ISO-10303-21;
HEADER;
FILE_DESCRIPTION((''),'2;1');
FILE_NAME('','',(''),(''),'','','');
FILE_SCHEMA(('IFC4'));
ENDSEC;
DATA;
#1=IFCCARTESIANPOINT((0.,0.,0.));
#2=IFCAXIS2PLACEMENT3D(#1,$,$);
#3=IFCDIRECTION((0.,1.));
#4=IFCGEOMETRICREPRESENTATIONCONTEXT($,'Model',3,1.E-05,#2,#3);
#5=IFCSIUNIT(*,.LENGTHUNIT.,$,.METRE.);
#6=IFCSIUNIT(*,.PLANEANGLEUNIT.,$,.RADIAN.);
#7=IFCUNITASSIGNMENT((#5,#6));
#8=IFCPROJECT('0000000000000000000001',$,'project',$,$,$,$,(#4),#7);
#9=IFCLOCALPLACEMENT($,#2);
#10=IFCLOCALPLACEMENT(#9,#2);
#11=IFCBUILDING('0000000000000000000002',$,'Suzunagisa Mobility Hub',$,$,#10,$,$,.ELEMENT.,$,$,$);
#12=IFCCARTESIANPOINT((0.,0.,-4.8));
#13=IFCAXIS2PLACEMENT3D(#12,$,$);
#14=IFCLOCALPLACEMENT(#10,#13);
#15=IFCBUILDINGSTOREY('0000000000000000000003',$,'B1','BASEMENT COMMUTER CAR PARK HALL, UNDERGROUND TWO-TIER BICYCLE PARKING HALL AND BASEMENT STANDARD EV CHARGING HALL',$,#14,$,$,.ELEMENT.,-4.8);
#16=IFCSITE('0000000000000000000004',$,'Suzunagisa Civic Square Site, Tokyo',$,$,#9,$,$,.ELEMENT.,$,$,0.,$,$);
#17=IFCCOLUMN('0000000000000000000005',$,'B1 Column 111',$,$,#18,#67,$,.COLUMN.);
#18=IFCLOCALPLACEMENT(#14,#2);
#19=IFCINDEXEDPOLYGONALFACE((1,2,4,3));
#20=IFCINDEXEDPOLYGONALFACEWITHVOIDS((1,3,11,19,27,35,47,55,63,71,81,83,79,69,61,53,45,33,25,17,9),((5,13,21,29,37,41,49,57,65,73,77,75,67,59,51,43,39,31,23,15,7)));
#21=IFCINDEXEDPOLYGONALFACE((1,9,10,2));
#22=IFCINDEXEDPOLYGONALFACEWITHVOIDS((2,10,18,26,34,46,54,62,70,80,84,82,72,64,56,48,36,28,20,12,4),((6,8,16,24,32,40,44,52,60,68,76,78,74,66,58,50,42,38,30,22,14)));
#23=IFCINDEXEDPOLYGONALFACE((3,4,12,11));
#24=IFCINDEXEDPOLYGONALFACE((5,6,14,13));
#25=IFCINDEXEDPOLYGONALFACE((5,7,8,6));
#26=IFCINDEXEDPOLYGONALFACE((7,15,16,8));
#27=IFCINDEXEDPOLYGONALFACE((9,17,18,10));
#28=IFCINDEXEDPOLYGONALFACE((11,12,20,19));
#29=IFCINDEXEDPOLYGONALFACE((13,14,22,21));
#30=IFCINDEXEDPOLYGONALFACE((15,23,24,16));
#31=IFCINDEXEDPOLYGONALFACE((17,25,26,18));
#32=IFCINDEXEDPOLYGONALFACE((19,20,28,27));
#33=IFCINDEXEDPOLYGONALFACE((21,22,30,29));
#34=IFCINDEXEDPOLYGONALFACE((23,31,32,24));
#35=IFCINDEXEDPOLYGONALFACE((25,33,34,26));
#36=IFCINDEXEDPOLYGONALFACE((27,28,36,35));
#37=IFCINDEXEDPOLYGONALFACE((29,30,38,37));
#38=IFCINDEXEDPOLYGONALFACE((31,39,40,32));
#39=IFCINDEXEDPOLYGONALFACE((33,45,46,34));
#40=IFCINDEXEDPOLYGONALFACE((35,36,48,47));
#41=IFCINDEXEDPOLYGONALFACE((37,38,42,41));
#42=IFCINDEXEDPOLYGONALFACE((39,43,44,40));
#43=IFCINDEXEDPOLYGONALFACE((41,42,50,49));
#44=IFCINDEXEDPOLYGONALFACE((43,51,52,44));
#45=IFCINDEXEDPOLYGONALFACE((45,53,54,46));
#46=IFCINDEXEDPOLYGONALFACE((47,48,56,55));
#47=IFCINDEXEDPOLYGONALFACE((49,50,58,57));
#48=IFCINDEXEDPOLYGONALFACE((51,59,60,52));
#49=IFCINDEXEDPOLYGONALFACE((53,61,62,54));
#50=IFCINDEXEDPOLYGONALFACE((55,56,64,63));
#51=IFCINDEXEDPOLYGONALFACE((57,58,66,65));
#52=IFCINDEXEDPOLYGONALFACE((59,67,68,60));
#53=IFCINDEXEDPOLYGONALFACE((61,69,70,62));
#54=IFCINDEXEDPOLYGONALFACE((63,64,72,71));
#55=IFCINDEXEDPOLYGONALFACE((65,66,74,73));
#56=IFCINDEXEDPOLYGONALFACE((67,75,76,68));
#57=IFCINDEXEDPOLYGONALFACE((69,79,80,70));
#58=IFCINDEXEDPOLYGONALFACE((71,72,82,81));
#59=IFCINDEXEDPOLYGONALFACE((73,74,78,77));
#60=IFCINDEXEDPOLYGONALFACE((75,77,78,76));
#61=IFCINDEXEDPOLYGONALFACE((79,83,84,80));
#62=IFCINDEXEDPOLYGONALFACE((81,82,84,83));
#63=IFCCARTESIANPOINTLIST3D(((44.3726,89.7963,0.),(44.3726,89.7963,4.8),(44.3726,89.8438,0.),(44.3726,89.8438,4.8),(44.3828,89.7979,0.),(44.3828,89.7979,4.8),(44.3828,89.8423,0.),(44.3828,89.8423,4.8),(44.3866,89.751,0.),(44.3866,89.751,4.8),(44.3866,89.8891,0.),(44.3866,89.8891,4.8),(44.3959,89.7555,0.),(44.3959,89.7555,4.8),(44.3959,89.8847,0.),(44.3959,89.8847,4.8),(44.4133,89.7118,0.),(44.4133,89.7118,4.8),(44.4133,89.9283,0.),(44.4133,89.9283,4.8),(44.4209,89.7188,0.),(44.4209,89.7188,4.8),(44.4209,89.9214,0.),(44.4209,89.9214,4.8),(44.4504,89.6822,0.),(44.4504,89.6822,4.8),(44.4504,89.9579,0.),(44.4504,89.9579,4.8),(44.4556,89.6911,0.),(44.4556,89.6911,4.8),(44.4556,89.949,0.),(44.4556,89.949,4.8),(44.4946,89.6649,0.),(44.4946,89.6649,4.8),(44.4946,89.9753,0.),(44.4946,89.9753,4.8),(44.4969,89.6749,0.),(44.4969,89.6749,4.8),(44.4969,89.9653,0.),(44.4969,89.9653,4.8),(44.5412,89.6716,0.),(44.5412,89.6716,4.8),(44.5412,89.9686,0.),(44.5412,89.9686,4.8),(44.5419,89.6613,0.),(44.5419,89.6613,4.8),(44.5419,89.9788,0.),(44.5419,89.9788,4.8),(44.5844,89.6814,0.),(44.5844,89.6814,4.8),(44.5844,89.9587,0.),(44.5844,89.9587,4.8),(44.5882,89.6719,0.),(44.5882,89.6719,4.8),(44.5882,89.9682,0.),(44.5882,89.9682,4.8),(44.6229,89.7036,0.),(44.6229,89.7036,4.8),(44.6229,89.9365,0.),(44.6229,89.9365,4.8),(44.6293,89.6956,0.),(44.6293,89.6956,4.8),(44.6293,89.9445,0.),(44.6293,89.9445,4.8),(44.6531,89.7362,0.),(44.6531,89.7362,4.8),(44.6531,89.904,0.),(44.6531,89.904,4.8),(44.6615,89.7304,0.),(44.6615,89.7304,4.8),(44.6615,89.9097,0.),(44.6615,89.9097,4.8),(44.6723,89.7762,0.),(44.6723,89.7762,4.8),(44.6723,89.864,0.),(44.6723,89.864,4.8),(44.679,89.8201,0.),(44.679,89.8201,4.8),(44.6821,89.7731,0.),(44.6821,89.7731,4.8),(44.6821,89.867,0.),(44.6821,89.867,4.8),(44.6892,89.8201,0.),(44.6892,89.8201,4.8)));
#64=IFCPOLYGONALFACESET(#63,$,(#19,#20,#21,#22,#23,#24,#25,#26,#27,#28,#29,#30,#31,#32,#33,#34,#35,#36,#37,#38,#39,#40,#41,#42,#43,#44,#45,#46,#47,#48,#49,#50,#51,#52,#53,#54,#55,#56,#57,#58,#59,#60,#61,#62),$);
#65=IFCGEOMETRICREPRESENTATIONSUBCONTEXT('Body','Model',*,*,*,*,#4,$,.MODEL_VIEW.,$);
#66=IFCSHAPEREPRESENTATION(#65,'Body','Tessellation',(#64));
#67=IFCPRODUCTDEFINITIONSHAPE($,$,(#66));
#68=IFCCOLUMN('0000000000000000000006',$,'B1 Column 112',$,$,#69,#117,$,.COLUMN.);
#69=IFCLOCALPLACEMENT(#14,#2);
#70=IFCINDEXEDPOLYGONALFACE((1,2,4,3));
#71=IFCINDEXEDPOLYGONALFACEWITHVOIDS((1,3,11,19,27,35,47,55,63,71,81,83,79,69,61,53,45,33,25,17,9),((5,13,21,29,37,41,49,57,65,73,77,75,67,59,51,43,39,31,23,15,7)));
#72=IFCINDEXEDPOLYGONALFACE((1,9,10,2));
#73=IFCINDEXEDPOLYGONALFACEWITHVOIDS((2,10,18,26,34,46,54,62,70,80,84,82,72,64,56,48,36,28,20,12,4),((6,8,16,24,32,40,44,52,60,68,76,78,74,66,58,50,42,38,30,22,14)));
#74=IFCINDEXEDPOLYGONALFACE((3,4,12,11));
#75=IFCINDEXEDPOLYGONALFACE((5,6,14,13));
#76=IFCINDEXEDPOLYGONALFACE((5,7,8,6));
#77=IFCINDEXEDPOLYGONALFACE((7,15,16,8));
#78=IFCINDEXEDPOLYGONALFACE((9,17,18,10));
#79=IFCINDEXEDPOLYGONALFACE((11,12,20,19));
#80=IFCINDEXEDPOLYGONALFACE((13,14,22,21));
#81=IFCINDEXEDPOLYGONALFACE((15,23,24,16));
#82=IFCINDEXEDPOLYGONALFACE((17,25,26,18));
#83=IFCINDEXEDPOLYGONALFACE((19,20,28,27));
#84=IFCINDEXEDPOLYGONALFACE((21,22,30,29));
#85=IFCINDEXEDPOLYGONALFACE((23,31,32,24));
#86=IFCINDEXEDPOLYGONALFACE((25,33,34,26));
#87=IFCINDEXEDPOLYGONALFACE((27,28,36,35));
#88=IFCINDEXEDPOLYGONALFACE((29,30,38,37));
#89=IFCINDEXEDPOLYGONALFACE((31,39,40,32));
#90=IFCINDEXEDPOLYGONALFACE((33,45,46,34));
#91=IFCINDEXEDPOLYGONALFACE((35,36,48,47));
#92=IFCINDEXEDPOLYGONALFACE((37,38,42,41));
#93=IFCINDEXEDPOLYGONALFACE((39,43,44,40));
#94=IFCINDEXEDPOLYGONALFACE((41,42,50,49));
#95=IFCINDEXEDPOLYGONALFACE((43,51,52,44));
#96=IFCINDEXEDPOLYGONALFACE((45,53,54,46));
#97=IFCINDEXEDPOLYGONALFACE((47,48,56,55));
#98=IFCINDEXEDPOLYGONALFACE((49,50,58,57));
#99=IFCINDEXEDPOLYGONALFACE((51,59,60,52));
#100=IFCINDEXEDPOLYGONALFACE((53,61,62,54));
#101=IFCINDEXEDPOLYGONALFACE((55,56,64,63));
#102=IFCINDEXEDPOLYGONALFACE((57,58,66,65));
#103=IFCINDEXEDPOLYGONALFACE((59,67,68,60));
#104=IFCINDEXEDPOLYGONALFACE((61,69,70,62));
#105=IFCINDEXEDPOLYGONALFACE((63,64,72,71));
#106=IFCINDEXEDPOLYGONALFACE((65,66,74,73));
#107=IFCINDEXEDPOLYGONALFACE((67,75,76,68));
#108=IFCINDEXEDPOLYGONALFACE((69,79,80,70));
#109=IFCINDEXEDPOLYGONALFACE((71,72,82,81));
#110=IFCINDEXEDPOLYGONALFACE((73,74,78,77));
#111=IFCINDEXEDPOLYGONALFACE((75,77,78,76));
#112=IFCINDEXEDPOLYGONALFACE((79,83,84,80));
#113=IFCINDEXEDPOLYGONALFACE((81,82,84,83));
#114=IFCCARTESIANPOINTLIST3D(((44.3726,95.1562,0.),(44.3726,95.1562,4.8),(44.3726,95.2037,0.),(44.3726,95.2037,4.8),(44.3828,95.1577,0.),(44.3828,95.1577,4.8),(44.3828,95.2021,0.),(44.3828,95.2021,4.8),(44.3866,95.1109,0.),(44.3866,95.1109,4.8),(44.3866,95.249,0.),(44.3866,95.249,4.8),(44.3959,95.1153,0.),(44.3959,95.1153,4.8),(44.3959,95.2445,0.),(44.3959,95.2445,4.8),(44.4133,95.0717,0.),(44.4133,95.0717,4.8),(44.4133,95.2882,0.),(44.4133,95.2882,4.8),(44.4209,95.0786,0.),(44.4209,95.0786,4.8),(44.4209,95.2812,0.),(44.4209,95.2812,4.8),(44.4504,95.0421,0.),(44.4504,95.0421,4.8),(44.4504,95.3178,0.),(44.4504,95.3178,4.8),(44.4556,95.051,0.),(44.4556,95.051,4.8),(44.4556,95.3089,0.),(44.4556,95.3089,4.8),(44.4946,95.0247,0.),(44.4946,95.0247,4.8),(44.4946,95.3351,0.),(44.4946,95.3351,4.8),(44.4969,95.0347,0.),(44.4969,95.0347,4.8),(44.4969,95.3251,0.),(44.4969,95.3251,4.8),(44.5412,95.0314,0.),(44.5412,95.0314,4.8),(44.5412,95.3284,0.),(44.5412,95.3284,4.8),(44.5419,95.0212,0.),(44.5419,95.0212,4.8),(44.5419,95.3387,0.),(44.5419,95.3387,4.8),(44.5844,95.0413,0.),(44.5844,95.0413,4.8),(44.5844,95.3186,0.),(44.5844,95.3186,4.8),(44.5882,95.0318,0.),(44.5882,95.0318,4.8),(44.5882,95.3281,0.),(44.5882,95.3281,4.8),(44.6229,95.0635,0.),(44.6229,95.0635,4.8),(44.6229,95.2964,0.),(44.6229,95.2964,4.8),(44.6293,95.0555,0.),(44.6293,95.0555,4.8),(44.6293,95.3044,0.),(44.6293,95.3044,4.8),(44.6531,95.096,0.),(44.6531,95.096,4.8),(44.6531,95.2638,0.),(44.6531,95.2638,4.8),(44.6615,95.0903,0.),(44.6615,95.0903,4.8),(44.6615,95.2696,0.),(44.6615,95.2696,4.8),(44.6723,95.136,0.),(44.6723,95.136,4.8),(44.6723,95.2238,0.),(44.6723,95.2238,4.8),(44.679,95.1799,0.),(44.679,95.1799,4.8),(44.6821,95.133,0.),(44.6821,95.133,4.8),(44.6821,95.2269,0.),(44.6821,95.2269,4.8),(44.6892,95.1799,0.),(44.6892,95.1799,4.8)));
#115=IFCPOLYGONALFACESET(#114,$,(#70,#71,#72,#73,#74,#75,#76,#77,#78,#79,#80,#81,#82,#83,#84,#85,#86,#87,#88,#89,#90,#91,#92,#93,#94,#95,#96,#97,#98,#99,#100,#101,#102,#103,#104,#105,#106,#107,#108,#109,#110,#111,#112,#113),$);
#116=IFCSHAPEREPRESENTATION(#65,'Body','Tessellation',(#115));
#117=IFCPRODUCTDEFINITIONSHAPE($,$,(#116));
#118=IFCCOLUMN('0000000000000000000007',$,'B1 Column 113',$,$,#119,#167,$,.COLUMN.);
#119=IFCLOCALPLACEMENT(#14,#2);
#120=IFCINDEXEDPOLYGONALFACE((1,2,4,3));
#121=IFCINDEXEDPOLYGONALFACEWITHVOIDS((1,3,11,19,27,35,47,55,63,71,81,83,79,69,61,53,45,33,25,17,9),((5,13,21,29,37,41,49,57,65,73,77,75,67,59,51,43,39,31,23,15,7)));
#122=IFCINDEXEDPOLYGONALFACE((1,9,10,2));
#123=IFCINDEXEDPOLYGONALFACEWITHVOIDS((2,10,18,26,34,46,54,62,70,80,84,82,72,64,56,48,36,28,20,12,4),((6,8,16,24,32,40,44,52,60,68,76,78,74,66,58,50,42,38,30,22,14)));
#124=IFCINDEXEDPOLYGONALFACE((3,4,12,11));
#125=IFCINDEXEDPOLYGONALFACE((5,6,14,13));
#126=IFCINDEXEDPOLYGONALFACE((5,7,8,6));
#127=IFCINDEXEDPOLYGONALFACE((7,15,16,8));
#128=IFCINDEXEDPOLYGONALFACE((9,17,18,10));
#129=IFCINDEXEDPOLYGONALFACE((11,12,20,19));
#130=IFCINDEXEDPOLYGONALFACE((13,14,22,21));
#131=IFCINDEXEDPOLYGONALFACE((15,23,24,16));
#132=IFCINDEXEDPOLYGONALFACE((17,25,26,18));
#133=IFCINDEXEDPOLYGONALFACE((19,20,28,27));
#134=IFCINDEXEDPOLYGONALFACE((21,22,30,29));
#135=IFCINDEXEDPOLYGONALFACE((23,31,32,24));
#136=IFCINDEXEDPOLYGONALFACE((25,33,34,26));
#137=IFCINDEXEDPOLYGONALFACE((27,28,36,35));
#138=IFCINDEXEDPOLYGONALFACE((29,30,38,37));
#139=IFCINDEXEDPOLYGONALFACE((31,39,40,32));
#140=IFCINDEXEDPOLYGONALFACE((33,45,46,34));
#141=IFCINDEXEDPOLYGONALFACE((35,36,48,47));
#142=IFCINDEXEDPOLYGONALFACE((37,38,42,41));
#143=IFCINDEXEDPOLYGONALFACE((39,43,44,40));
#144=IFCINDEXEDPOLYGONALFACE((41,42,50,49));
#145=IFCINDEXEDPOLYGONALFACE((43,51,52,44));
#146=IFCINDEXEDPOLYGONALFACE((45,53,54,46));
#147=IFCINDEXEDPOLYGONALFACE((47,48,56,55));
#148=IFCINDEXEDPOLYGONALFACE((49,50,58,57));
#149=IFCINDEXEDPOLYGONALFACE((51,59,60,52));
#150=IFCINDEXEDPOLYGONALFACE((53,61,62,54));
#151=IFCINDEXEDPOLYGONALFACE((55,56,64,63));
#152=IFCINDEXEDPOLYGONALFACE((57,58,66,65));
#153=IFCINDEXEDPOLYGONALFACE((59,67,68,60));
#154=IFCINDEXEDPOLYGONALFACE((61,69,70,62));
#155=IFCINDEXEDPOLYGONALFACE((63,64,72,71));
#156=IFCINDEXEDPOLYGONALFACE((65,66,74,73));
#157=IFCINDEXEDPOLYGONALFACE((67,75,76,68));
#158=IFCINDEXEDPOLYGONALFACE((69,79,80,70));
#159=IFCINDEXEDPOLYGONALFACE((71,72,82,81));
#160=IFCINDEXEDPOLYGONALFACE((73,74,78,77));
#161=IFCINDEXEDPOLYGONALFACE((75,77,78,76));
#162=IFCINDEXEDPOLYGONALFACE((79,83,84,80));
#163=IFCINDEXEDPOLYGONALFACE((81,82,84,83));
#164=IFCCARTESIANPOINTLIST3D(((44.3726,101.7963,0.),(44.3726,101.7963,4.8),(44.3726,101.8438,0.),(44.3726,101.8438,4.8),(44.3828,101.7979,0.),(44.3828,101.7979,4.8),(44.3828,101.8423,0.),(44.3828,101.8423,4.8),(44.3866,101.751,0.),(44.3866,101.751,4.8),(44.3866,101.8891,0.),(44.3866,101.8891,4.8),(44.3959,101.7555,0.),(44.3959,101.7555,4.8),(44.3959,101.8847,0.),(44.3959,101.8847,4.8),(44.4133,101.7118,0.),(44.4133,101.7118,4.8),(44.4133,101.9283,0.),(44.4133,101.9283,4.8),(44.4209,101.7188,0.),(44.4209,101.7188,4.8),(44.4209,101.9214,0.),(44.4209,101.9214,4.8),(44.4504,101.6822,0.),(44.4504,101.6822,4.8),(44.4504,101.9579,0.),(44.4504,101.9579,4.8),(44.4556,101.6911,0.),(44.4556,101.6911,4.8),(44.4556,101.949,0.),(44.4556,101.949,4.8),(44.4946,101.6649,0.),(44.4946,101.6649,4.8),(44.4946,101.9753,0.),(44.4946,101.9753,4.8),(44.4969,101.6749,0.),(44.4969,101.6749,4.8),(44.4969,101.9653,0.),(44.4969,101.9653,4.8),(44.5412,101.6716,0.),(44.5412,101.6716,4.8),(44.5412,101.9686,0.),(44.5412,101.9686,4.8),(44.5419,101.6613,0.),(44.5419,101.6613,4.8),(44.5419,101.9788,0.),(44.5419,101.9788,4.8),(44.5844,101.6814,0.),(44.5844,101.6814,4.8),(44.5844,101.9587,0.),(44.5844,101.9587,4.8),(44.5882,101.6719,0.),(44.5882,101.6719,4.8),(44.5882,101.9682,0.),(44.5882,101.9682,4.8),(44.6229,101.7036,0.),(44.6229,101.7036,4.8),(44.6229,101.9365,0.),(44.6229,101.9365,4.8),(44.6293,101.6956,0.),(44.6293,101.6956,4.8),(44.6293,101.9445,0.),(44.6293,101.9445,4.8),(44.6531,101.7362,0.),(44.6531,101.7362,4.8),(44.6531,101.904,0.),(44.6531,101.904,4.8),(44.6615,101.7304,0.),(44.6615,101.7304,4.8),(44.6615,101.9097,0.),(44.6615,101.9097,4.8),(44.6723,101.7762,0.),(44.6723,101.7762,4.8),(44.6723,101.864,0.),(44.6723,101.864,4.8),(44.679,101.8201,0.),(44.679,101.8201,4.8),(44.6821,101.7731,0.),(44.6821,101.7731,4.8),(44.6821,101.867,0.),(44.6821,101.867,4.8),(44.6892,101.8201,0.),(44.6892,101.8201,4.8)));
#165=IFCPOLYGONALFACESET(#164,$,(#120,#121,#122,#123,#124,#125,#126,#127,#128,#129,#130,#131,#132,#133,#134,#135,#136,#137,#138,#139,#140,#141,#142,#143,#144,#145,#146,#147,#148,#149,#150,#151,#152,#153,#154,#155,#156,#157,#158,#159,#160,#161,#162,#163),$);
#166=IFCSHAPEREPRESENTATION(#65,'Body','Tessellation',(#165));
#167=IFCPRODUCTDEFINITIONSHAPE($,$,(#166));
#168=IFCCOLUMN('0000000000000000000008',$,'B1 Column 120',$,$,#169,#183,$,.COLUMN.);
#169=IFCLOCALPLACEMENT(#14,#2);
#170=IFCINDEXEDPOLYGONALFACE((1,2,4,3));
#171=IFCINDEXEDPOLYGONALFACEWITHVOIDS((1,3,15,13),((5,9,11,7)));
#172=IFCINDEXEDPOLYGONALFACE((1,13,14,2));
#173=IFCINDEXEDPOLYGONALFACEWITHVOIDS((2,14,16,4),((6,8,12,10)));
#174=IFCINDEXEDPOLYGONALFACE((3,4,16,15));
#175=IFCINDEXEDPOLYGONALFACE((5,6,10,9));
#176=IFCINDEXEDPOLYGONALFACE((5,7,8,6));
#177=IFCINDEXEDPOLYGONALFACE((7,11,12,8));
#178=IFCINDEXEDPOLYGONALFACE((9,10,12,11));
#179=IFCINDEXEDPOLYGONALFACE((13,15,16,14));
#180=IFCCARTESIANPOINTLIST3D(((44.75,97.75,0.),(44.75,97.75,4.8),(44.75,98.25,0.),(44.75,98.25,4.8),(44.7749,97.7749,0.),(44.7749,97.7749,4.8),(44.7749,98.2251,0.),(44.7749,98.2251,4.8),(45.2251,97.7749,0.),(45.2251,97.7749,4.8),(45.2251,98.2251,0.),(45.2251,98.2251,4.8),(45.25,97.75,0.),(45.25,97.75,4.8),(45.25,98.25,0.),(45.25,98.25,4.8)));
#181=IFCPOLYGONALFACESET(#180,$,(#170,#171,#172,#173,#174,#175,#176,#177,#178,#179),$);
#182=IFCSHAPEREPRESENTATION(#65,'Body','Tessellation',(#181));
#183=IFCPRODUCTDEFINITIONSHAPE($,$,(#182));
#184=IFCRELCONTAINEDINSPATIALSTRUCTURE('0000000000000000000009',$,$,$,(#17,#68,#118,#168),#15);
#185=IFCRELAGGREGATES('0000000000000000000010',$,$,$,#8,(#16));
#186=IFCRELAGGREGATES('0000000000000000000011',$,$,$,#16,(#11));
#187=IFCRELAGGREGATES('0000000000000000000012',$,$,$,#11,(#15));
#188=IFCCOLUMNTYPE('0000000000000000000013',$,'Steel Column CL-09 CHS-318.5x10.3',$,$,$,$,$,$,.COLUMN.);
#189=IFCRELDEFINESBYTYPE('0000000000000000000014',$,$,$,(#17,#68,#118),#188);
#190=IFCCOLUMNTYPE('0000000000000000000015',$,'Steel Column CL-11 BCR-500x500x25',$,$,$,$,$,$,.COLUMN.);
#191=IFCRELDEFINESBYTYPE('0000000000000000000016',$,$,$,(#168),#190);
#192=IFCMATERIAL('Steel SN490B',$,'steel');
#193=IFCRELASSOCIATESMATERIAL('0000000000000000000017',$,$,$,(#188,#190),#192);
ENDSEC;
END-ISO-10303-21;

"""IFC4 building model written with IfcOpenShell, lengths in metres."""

from ifc_helpers import new_model, si_unit, direction, frame, origin, origin_2d, place, context, subcontext, project, spatial, hollow_rectangle, hollow_circle, extrude, material, material_profile, profile_set, type_object, element, save


model = new_model("IFC4")

# Units and contexts
model_context = context("Model", 3, precision=1e-05, world=origin(), true_north=direction((0.0, 1.0)))
body_context = subcontext(model_context, "Body", "Model", "MODEL_VIEW")
ifc_project = project(units=[si_unit("LENGTHUNIT", "METRE"), si_unit("PLANEANGLEUNIT", "RADIAN")], contexts=[model_context])

# Site, building, storey
site_placement = place(None, origin())
site = spatial("IfcSite", under=ifc_project, at=site_placement, Name="Suzunagisa Civic Square Site, Tokyo", CompositionType="ELEMENT", RefElevation=0.0)
building_placement = place(site_placement, origin())
building = spatial("IfcBuilding", under=site, at=building_placement, Name="Suzunagisa Mobility Hub", CompositionType="ELEMENT")
storey_placement = place(building_placement, frame((0.0, 0.0, -4.8)))
storey = spatial("IfcBuildingStorey", under=building, at=storey_placement, Name="B1", Description="BASEMENT COMMUTER CAR PARK HALL, UNDERGROUND TWO-TIER BICYCLE PARKING HALL AND BASEMENT STANDARD EV CHARGING HALL", CompositionType="ELEMENT", Elevation=-4.8)

# Columns
ifc_material_1 = material(Name="Steel SN490B", Category="steel")
ifc_material_profile_1 = material_profile(ifc_material_1, hollow_circle(Radius=0.1592, WallThickness=0.0103, at=origin_2d()), Name="CHS-318.5x10.3")
ifc_profile_set_1 = profile_set([ifc_material_profile_1], Name="Steel SN490B")
column_type_1 = type_object("IfcColumnType", Name="Steel Column CL-09 CHS-318.5x10.3", PredefinedType="COLUMN", material=ifc_profile_set_1)
for number, where, z_axis, x_axis, name in (
    (1, (44.53, 89.8201, 0.0), (0.0, 0.0, 1.0), (1.0, 0.0, 0.0), "B1 Column 111"),
    (2, (44.53, 95.1799, 0.0), (0.0, 0.0, 1.0), (1.0, 0.0, 0.0), "B1 Column 112"),
    (3, (44.53, 101.8201, 0.0), (0.0, 0.0, 1.0), (1.0, 0.0, 0.0), "B1 Column 113"),
):
    element("IfcColumn", number, at=place(storey_placement, frame(where, z_axis=z_axis, x_axis=x_axis)), inside=storey, type_object=column_type_1, Name=name, PredefinedType="COLUMN", context=body_context, shape_type="SweptSolid", body=[
        extrude(hollow_circle(Radius=0.1592, WallThickness=0.0103, at=origin_2d()), origin(), (0.0, 0.0, 1.0), 4.8),
    ])
ifc_material_profile_2 = material_profile(ifc_material_1, hollow_rectangle(XDim=0.5, YDim=0.5, WallThickness=0.0249, at=origin_2d()), Name="BCR-500x500x25")
ifc_profile_set_2 = profile_set([ifc_material_profile_2], Name="Steel SN490B")
column_type_2 = type_object("IfcColumnType", Name="Steel Column CL-11 BCR-500x500x25", PredefinedType="COLUMN", material=ifc_profile_set_2)
column_placement = place(storey_placement, frame((45.0, 98.0, 0.0), z_axis=(0.0, 0.0, 1.0), x_axis=(1.0, 0.0, 0.0)))
element("IfcColumn", 4, at=column_placement, inside=storey, type_object=column_type_2, Name="B1 Column 120", PredefinedType="COLUMN", context=body_context, shape_type="SweptSolid", body=[
    extrude(hollow_rectangle(XDim=0.5, YDim=0.5, WallThickness=0.0249, at=origin_2d()), origin(), (0.0, 0.0, 1.0), 4.8),
])

save(model, "model.ifc")
